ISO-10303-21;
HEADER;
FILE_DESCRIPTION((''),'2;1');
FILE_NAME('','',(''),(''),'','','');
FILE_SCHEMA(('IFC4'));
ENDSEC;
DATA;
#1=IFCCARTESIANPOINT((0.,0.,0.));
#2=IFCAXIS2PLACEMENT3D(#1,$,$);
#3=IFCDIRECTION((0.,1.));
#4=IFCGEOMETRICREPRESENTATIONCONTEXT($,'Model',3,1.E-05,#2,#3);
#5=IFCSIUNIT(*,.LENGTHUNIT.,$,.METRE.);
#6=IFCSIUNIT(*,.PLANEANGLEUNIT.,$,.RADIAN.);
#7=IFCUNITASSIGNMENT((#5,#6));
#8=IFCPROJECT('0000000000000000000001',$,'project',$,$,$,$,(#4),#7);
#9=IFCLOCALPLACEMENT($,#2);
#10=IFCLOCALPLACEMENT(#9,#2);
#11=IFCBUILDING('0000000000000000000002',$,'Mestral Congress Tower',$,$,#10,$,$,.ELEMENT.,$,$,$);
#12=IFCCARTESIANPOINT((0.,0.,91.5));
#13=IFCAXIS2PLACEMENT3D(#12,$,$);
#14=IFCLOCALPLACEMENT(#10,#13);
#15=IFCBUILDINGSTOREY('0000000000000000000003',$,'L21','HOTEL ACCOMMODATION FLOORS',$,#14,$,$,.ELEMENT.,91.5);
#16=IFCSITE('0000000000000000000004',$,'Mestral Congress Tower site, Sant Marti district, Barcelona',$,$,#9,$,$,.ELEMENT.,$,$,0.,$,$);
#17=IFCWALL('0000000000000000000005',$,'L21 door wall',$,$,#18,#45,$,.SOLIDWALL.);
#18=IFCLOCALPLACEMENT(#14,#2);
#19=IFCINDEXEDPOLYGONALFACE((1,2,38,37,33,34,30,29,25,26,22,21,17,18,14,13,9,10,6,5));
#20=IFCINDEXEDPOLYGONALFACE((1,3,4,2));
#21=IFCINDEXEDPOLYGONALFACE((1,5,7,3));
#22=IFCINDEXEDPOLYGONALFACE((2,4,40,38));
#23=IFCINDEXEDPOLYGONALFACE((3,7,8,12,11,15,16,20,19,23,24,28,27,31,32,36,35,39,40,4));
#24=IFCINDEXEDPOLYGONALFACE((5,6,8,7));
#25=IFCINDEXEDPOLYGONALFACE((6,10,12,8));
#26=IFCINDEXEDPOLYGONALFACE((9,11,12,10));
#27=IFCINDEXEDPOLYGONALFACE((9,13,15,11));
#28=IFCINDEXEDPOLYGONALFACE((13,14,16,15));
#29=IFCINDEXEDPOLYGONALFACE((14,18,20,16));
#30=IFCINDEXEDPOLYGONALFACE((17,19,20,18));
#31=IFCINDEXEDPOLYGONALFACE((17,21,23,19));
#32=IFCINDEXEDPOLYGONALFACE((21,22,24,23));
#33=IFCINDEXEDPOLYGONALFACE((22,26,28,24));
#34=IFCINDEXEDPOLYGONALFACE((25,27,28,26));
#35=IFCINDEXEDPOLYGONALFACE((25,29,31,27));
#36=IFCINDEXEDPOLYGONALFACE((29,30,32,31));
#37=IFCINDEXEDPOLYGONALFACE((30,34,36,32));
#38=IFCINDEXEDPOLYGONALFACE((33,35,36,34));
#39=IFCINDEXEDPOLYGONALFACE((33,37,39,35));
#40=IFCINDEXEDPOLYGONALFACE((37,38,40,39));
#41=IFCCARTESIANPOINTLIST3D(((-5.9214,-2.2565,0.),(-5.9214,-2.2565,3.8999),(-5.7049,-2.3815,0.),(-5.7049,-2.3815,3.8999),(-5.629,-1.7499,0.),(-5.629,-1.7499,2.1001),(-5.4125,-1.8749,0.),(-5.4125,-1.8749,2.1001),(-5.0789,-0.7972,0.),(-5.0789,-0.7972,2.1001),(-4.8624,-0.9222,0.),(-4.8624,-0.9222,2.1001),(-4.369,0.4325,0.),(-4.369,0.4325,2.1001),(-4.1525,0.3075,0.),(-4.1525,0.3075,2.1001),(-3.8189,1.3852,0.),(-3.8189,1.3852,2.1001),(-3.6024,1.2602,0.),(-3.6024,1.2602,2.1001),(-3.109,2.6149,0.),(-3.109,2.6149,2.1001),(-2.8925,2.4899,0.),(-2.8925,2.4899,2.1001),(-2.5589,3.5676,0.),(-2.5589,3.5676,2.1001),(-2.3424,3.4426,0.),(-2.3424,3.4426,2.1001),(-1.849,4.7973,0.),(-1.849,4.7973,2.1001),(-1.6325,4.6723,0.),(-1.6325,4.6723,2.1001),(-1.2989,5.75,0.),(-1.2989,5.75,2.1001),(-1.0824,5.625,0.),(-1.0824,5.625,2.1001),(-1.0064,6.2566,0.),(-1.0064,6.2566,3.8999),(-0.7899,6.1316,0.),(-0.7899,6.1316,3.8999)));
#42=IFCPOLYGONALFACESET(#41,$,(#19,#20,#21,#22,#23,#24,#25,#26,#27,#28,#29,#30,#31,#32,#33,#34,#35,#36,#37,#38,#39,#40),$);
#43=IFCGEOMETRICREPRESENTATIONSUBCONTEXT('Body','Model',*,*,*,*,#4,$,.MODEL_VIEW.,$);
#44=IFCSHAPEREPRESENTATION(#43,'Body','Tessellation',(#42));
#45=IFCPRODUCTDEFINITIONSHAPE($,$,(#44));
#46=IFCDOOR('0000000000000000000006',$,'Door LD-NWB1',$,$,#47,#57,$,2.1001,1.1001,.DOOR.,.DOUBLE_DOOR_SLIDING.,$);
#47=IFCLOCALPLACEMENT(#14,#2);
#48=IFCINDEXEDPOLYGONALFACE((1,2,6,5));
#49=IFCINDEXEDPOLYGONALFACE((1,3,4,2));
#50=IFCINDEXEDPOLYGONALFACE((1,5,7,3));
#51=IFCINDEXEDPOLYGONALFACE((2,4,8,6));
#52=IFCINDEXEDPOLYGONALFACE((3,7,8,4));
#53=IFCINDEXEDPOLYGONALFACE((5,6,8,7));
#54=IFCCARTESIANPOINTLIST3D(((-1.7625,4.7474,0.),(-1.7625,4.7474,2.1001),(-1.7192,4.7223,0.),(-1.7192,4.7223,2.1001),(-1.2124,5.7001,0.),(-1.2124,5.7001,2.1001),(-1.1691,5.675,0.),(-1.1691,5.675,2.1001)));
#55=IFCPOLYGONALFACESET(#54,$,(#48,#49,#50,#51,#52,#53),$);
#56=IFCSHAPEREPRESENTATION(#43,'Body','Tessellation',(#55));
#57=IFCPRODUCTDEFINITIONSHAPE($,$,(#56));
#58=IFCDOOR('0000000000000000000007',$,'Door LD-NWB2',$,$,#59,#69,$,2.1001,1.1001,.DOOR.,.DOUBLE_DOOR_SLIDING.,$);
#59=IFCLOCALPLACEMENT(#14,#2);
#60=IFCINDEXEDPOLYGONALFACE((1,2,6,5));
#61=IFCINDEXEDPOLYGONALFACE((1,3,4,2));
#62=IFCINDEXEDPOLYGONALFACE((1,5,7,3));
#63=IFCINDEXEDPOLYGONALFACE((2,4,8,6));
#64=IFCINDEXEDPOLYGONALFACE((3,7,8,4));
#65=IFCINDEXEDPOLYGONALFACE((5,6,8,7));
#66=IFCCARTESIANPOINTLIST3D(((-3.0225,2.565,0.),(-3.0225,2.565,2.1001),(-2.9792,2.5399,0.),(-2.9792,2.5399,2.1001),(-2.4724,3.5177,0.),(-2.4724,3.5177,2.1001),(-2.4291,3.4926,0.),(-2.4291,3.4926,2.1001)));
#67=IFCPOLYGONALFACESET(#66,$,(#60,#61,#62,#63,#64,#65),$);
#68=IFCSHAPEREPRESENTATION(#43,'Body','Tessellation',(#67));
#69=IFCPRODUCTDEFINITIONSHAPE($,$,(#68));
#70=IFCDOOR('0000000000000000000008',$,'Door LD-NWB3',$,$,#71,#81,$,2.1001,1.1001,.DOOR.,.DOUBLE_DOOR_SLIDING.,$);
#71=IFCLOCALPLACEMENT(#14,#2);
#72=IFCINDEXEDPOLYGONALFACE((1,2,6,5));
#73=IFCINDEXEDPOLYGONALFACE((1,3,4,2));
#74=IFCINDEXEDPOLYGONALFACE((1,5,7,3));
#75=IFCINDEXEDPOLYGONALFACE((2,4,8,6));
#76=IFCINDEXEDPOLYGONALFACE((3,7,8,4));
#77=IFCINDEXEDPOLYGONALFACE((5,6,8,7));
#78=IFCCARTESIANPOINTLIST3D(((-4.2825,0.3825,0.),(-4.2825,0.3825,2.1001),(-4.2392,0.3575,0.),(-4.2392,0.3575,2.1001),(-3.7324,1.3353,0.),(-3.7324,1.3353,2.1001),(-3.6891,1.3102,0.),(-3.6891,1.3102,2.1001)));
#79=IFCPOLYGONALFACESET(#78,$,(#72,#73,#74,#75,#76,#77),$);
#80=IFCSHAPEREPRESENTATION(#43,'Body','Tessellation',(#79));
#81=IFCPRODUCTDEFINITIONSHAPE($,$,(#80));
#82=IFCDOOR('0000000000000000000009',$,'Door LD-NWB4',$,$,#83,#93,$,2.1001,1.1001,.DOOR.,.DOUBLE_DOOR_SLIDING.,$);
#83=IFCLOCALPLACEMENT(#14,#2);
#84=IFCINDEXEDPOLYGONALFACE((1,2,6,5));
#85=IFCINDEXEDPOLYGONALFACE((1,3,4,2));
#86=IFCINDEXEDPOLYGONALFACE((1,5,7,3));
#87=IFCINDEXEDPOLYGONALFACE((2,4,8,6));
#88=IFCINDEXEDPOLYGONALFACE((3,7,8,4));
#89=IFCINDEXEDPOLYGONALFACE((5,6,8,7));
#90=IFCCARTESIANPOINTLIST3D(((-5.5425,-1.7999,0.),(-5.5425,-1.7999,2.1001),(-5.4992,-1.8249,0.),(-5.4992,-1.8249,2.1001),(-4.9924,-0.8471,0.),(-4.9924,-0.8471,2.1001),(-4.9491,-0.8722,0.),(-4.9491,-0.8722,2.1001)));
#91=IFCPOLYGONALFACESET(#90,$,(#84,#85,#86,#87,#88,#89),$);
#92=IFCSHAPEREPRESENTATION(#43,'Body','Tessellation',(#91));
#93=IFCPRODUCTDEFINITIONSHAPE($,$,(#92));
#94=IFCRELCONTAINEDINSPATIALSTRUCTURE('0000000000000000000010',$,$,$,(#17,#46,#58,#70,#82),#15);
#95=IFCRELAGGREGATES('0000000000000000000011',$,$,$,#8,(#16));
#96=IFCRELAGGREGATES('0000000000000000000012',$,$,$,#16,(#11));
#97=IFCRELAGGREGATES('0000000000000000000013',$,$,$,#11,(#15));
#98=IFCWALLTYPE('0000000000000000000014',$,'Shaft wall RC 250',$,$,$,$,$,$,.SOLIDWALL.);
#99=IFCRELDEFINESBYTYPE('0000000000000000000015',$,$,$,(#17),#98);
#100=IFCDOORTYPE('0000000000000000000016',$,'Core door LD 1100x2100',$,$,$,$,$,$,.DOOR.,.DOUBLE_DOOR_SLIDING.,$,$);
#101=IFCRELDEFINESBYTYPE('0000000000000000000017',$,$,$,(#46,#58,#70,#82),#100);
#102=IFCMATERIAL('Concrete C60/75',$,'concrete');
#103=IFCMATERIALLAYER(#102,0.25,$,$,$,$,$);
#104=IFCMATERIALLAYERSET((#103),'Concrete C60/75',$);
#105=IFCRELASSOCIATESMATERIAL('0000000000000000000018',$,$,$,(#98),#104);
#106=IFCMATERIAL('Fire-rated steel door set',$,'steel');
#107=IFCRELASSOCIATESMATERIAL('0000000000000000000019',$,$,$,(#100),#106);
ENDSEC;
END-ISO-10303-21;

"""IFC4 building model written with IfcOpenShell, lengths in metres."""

from ifc_helpers import new_model, si_unit, direction, frame, frame_2d, origin, place, context, subcontext, project, spatial, rectangle, extrude, material, layer, layer_set, type_object, element, fill, save


model = new_model("IFC4")

# Units and contexts
model_context = context("Model", 3, precision=1e-05, world=origin(), true_north=direction((0.0, 1.0)))
body_context = subcontext(model_context, "Body", "Model", "MODEL_VIEW")
ifc_project = project(units=[si_unit("LENGTHUNIT", "METRE"), si_unit("PLANEANGLEUNIT", "RADIAN")], contexts=[model_context])

# Site, building, storey
site_placement = place(None, origin())
site = spatial("IfcSite", under=ifc_project, at=site_placement, Name="Mestral Congress Tower site, Sant Marti district, Barcelona", CompositionType="ELEMENT", RefElevation=0.0)
building_placement = place(site_placement, origin())
building = spatial("IfcBuilding", under=site, at=building_placement, Name="Mestral Congress Tower", CompositionType="ELEMENT")
storey_placement = place(building_placement, frame((0.0, 0.0, 91.5)))
storey = spatial("IfcBuildingStorey", under=building, at=storey_placement, Name="L21", Description="HOTEL ACCOMMODATION FLOORS", CompositionType="ELEMENT", Elevation=91.5)

# Shared definitions
ifc_material_1 = material(Name="Concrete C60/75", Category="concrete")
ifc_layer_1 = layer(ifc_material_1, 0.25)
ifc_layer_set_1 = layer_set([ifc_layer_1], Name="Concrete C60/75")
wall_type_1 = type_object("IfcWallType", Name="Shaft wall RC 250", PredefinedType="SOLIDWALL", material=ifc_layer_set_1)

# Wall, openings, doors
wall_1_placement = place(storey_placement, frame((-0.8982, 6.1941, 0.0), z_axis=(0.0, 0.0, 1.0), x_axis=(-0.499996, -0.866028, 0.0)))
wall_1 = element("IfcWall", 1, at=wall_1_placement, inside=storey, type_object=wall_type_1, Name="L21 door wall", PredefinedType="SOLIDWALL", context=body_context, shape_type="SweptSolid", body=[
    extrude(rectangle(XDim=9.8301, YDim=0.25, at=frame_2d((4.915, 0.0))), origin(), (0.0, 0.0, 1.0), 3.8999),
])
opening_1_placement = place(wall_1_placement, frame((0.585, 0.0, 0.0)))
opening_1 = element("IfcOpeningElement", 2, at=opening_1_placement, cuts=wall_1, PredefinedType="OPENING", context=body_context, shape_type="SweptSolid", body=[
    extrude(rectangle(XDim=1.1001, YDim=2.1001, at=frame_2d((0.55, 1.05))), frame((0.0, 0.135, 0.0), z_axis=(0.0, -1.0, 0.0), x_axis=(1.0, 0.0, 0.0)), (0.0, 0.0, 1.0), 0.27),
])
opening_2_placement = place(wall_1_placement, frame((3.105, 0.0, 0.0)))
opening_2 = element("IfcOpeningElement", 3, at=opening_2_placement, cuts=wall_1, PredefinedType="OPENING", context=body_context, shape_type="SweptSolid", body=[
    extrude(rectangle(XDim=1.1001, YDim=2.1001, at=frame_2d((0.55, 1.05))), frame((0.0, 0.135, 0.0), z_axis=(0.0, -1.0, 0.0), x_axis=(1.0, 0.0, 0.0)), (0.0, 0.0, 1.0), 0.27),
])
opening_3_placement = place(wall_1_placement, frame((5.625, 0.0, 0.0)))
opening_3 = element("IfcOpeningElement", 4, at=opening_3_placement, cuts=wall_1, PredefinedType="OPENING", context=body_context, shape_type="SweptSolid", body=[
    extrude(rectangle(XDim=1.1001, YDim=2.1001, at=frame_2d((0.55, 1.05))), frame((0.0, 0.135, 0.0), z_axis=(0.0, -1.0, 0.0), x_axis=(1.0, 0.0, 0.0)), (0.0, 0.0, 1.0), 0.27),
])
opening_4_placement = place(wall_1_placement, frame((8.145, 0.0, 0.0)))
opening_4 = element("IfcOpeningElement", 5, at=opening_4_placement, cuts=wall_1, PredefinedType="OPENING", context=body_context, shape_type="SweptSolid", body=[
    extrude(rectangle(XDim=1.1001, YDim=2.1001, at=frame_2d((0.55, 1.05))), frame((0.0, 0.135, 0.0), z_axis=(0.0, -1.0, 0.0), x_axis=(1.0, 0.0, 0.0)), (0.0, 0.0, 1.0), 0.27),
])
ifc_material_2 = material(Name="Fire-rated steel door set", Category="steel")
door_type = type_object("IfcDoorType", Name="Core door LD 1100x2100", OperationType="DOUBLE_DOOR_SLIDING", PredefinedType="DOOR", material=ifc_material_2)
door_1_placement = place(opening_1_placement, origin())
door_1 = element("IfcDoor", 6, at=door_1_placement, inside=storey, type_object=door_type, Name="Door LD-NWB1", OperationType="DOUBLE_DOOR_SLIDING", OverallHeight=2.1001, OverallWidth=1.1001, PredefinedType="DOOR", context=body_context, shape_type="SweptSolid", body=[
    extrude(rectangle(XDim=1.1001, YDim=2.1001, at=frame_2d((0.55, 1.05))), frame((0.0, 0.0249, 0.0), z_axis=(0.0, -1.0, 0.0), x_axis=(1.0, 0.0, 0.0)), (0.0, 0.0, 1.0), 0.05),
])
fill(opening_1, door_1)
door_2_placement = place(opening_2_placement, origin())
door_2 = element("IfcDoor", 7, at=door_2_placement, inside=storey, type_object=door_type, Name="Door LD-NWB2", OperationType="DOUBLE_DOOR_SLIDING", OverallHeight=2.1001, OverallWidth=1.1001, PredefinedType="DOOR", context=body_context, shape_type="SweptSolid", body=[
    extrude(rectangle(XDim=1.1001, YDim=2.1001, at=frame_2d((0.55, 1.05))), frame((0.0, 0.0249, 0.0), z_axis=(0.0, -1.0, 0.0), x_axis=(1.0, 0.0, 0.0)), (0.0, 0.0, 1.0), 0.05),
])
fill(opening_2, door_2)
door_3_placement = place(opening_3_placement, origin())
door_3 = element("IfcDoor", 8, at=door_3_placement, inside=storey, type_object=door_type, Name="Door LD-NWB3", OperationType="DOUBLE_DOOR_SLIDING", OverallHeight=2.1001, OverallWidth=1.1001, PredefinedType="DOOR", context=body_context, shape_type="SweptSolid", body=[
    extrude(rectangle(XDim=1.1001, YDim=2.1001, at=frame_2d((0.55, 1.05))), frame((0.0, 0.0249, 0.0), z_axis=(0.0, -1.0, 0.0), x_axis=(1.0, 0.0, 0.0)), (0.0, 0.0, 1.0), 0.05),
])
fill(opening_3, door_3)
door_4_placement = place(opening_4_placement, origin())
door_4 = element("IfcDoor", 9, at=door_4_placement, inside=storey, type_object=door_type, Name="Door LD-NWB4", OperationType="DOUBLE_DOOR_SLIDING", OverallHeight=2.1001, OverallWidth=1.1001, PredefinedType="DOOR", context=body_context, shape_type="SweptSolid", body=[
    extrude(rectangle(XDim=1.1001, YDim=2.1001, at=frame_2d((0.55, 1.05))), frame((0.0, 0.0249, 0.0), z_axis=(0.0, -1.0, 0.0), x_axis=(1.0, 0.0, 0.0)), (0.0, 0.0, 1.0), 0.05),
])
fill(opening_4, door_4)

save(model, "model.ifc")
